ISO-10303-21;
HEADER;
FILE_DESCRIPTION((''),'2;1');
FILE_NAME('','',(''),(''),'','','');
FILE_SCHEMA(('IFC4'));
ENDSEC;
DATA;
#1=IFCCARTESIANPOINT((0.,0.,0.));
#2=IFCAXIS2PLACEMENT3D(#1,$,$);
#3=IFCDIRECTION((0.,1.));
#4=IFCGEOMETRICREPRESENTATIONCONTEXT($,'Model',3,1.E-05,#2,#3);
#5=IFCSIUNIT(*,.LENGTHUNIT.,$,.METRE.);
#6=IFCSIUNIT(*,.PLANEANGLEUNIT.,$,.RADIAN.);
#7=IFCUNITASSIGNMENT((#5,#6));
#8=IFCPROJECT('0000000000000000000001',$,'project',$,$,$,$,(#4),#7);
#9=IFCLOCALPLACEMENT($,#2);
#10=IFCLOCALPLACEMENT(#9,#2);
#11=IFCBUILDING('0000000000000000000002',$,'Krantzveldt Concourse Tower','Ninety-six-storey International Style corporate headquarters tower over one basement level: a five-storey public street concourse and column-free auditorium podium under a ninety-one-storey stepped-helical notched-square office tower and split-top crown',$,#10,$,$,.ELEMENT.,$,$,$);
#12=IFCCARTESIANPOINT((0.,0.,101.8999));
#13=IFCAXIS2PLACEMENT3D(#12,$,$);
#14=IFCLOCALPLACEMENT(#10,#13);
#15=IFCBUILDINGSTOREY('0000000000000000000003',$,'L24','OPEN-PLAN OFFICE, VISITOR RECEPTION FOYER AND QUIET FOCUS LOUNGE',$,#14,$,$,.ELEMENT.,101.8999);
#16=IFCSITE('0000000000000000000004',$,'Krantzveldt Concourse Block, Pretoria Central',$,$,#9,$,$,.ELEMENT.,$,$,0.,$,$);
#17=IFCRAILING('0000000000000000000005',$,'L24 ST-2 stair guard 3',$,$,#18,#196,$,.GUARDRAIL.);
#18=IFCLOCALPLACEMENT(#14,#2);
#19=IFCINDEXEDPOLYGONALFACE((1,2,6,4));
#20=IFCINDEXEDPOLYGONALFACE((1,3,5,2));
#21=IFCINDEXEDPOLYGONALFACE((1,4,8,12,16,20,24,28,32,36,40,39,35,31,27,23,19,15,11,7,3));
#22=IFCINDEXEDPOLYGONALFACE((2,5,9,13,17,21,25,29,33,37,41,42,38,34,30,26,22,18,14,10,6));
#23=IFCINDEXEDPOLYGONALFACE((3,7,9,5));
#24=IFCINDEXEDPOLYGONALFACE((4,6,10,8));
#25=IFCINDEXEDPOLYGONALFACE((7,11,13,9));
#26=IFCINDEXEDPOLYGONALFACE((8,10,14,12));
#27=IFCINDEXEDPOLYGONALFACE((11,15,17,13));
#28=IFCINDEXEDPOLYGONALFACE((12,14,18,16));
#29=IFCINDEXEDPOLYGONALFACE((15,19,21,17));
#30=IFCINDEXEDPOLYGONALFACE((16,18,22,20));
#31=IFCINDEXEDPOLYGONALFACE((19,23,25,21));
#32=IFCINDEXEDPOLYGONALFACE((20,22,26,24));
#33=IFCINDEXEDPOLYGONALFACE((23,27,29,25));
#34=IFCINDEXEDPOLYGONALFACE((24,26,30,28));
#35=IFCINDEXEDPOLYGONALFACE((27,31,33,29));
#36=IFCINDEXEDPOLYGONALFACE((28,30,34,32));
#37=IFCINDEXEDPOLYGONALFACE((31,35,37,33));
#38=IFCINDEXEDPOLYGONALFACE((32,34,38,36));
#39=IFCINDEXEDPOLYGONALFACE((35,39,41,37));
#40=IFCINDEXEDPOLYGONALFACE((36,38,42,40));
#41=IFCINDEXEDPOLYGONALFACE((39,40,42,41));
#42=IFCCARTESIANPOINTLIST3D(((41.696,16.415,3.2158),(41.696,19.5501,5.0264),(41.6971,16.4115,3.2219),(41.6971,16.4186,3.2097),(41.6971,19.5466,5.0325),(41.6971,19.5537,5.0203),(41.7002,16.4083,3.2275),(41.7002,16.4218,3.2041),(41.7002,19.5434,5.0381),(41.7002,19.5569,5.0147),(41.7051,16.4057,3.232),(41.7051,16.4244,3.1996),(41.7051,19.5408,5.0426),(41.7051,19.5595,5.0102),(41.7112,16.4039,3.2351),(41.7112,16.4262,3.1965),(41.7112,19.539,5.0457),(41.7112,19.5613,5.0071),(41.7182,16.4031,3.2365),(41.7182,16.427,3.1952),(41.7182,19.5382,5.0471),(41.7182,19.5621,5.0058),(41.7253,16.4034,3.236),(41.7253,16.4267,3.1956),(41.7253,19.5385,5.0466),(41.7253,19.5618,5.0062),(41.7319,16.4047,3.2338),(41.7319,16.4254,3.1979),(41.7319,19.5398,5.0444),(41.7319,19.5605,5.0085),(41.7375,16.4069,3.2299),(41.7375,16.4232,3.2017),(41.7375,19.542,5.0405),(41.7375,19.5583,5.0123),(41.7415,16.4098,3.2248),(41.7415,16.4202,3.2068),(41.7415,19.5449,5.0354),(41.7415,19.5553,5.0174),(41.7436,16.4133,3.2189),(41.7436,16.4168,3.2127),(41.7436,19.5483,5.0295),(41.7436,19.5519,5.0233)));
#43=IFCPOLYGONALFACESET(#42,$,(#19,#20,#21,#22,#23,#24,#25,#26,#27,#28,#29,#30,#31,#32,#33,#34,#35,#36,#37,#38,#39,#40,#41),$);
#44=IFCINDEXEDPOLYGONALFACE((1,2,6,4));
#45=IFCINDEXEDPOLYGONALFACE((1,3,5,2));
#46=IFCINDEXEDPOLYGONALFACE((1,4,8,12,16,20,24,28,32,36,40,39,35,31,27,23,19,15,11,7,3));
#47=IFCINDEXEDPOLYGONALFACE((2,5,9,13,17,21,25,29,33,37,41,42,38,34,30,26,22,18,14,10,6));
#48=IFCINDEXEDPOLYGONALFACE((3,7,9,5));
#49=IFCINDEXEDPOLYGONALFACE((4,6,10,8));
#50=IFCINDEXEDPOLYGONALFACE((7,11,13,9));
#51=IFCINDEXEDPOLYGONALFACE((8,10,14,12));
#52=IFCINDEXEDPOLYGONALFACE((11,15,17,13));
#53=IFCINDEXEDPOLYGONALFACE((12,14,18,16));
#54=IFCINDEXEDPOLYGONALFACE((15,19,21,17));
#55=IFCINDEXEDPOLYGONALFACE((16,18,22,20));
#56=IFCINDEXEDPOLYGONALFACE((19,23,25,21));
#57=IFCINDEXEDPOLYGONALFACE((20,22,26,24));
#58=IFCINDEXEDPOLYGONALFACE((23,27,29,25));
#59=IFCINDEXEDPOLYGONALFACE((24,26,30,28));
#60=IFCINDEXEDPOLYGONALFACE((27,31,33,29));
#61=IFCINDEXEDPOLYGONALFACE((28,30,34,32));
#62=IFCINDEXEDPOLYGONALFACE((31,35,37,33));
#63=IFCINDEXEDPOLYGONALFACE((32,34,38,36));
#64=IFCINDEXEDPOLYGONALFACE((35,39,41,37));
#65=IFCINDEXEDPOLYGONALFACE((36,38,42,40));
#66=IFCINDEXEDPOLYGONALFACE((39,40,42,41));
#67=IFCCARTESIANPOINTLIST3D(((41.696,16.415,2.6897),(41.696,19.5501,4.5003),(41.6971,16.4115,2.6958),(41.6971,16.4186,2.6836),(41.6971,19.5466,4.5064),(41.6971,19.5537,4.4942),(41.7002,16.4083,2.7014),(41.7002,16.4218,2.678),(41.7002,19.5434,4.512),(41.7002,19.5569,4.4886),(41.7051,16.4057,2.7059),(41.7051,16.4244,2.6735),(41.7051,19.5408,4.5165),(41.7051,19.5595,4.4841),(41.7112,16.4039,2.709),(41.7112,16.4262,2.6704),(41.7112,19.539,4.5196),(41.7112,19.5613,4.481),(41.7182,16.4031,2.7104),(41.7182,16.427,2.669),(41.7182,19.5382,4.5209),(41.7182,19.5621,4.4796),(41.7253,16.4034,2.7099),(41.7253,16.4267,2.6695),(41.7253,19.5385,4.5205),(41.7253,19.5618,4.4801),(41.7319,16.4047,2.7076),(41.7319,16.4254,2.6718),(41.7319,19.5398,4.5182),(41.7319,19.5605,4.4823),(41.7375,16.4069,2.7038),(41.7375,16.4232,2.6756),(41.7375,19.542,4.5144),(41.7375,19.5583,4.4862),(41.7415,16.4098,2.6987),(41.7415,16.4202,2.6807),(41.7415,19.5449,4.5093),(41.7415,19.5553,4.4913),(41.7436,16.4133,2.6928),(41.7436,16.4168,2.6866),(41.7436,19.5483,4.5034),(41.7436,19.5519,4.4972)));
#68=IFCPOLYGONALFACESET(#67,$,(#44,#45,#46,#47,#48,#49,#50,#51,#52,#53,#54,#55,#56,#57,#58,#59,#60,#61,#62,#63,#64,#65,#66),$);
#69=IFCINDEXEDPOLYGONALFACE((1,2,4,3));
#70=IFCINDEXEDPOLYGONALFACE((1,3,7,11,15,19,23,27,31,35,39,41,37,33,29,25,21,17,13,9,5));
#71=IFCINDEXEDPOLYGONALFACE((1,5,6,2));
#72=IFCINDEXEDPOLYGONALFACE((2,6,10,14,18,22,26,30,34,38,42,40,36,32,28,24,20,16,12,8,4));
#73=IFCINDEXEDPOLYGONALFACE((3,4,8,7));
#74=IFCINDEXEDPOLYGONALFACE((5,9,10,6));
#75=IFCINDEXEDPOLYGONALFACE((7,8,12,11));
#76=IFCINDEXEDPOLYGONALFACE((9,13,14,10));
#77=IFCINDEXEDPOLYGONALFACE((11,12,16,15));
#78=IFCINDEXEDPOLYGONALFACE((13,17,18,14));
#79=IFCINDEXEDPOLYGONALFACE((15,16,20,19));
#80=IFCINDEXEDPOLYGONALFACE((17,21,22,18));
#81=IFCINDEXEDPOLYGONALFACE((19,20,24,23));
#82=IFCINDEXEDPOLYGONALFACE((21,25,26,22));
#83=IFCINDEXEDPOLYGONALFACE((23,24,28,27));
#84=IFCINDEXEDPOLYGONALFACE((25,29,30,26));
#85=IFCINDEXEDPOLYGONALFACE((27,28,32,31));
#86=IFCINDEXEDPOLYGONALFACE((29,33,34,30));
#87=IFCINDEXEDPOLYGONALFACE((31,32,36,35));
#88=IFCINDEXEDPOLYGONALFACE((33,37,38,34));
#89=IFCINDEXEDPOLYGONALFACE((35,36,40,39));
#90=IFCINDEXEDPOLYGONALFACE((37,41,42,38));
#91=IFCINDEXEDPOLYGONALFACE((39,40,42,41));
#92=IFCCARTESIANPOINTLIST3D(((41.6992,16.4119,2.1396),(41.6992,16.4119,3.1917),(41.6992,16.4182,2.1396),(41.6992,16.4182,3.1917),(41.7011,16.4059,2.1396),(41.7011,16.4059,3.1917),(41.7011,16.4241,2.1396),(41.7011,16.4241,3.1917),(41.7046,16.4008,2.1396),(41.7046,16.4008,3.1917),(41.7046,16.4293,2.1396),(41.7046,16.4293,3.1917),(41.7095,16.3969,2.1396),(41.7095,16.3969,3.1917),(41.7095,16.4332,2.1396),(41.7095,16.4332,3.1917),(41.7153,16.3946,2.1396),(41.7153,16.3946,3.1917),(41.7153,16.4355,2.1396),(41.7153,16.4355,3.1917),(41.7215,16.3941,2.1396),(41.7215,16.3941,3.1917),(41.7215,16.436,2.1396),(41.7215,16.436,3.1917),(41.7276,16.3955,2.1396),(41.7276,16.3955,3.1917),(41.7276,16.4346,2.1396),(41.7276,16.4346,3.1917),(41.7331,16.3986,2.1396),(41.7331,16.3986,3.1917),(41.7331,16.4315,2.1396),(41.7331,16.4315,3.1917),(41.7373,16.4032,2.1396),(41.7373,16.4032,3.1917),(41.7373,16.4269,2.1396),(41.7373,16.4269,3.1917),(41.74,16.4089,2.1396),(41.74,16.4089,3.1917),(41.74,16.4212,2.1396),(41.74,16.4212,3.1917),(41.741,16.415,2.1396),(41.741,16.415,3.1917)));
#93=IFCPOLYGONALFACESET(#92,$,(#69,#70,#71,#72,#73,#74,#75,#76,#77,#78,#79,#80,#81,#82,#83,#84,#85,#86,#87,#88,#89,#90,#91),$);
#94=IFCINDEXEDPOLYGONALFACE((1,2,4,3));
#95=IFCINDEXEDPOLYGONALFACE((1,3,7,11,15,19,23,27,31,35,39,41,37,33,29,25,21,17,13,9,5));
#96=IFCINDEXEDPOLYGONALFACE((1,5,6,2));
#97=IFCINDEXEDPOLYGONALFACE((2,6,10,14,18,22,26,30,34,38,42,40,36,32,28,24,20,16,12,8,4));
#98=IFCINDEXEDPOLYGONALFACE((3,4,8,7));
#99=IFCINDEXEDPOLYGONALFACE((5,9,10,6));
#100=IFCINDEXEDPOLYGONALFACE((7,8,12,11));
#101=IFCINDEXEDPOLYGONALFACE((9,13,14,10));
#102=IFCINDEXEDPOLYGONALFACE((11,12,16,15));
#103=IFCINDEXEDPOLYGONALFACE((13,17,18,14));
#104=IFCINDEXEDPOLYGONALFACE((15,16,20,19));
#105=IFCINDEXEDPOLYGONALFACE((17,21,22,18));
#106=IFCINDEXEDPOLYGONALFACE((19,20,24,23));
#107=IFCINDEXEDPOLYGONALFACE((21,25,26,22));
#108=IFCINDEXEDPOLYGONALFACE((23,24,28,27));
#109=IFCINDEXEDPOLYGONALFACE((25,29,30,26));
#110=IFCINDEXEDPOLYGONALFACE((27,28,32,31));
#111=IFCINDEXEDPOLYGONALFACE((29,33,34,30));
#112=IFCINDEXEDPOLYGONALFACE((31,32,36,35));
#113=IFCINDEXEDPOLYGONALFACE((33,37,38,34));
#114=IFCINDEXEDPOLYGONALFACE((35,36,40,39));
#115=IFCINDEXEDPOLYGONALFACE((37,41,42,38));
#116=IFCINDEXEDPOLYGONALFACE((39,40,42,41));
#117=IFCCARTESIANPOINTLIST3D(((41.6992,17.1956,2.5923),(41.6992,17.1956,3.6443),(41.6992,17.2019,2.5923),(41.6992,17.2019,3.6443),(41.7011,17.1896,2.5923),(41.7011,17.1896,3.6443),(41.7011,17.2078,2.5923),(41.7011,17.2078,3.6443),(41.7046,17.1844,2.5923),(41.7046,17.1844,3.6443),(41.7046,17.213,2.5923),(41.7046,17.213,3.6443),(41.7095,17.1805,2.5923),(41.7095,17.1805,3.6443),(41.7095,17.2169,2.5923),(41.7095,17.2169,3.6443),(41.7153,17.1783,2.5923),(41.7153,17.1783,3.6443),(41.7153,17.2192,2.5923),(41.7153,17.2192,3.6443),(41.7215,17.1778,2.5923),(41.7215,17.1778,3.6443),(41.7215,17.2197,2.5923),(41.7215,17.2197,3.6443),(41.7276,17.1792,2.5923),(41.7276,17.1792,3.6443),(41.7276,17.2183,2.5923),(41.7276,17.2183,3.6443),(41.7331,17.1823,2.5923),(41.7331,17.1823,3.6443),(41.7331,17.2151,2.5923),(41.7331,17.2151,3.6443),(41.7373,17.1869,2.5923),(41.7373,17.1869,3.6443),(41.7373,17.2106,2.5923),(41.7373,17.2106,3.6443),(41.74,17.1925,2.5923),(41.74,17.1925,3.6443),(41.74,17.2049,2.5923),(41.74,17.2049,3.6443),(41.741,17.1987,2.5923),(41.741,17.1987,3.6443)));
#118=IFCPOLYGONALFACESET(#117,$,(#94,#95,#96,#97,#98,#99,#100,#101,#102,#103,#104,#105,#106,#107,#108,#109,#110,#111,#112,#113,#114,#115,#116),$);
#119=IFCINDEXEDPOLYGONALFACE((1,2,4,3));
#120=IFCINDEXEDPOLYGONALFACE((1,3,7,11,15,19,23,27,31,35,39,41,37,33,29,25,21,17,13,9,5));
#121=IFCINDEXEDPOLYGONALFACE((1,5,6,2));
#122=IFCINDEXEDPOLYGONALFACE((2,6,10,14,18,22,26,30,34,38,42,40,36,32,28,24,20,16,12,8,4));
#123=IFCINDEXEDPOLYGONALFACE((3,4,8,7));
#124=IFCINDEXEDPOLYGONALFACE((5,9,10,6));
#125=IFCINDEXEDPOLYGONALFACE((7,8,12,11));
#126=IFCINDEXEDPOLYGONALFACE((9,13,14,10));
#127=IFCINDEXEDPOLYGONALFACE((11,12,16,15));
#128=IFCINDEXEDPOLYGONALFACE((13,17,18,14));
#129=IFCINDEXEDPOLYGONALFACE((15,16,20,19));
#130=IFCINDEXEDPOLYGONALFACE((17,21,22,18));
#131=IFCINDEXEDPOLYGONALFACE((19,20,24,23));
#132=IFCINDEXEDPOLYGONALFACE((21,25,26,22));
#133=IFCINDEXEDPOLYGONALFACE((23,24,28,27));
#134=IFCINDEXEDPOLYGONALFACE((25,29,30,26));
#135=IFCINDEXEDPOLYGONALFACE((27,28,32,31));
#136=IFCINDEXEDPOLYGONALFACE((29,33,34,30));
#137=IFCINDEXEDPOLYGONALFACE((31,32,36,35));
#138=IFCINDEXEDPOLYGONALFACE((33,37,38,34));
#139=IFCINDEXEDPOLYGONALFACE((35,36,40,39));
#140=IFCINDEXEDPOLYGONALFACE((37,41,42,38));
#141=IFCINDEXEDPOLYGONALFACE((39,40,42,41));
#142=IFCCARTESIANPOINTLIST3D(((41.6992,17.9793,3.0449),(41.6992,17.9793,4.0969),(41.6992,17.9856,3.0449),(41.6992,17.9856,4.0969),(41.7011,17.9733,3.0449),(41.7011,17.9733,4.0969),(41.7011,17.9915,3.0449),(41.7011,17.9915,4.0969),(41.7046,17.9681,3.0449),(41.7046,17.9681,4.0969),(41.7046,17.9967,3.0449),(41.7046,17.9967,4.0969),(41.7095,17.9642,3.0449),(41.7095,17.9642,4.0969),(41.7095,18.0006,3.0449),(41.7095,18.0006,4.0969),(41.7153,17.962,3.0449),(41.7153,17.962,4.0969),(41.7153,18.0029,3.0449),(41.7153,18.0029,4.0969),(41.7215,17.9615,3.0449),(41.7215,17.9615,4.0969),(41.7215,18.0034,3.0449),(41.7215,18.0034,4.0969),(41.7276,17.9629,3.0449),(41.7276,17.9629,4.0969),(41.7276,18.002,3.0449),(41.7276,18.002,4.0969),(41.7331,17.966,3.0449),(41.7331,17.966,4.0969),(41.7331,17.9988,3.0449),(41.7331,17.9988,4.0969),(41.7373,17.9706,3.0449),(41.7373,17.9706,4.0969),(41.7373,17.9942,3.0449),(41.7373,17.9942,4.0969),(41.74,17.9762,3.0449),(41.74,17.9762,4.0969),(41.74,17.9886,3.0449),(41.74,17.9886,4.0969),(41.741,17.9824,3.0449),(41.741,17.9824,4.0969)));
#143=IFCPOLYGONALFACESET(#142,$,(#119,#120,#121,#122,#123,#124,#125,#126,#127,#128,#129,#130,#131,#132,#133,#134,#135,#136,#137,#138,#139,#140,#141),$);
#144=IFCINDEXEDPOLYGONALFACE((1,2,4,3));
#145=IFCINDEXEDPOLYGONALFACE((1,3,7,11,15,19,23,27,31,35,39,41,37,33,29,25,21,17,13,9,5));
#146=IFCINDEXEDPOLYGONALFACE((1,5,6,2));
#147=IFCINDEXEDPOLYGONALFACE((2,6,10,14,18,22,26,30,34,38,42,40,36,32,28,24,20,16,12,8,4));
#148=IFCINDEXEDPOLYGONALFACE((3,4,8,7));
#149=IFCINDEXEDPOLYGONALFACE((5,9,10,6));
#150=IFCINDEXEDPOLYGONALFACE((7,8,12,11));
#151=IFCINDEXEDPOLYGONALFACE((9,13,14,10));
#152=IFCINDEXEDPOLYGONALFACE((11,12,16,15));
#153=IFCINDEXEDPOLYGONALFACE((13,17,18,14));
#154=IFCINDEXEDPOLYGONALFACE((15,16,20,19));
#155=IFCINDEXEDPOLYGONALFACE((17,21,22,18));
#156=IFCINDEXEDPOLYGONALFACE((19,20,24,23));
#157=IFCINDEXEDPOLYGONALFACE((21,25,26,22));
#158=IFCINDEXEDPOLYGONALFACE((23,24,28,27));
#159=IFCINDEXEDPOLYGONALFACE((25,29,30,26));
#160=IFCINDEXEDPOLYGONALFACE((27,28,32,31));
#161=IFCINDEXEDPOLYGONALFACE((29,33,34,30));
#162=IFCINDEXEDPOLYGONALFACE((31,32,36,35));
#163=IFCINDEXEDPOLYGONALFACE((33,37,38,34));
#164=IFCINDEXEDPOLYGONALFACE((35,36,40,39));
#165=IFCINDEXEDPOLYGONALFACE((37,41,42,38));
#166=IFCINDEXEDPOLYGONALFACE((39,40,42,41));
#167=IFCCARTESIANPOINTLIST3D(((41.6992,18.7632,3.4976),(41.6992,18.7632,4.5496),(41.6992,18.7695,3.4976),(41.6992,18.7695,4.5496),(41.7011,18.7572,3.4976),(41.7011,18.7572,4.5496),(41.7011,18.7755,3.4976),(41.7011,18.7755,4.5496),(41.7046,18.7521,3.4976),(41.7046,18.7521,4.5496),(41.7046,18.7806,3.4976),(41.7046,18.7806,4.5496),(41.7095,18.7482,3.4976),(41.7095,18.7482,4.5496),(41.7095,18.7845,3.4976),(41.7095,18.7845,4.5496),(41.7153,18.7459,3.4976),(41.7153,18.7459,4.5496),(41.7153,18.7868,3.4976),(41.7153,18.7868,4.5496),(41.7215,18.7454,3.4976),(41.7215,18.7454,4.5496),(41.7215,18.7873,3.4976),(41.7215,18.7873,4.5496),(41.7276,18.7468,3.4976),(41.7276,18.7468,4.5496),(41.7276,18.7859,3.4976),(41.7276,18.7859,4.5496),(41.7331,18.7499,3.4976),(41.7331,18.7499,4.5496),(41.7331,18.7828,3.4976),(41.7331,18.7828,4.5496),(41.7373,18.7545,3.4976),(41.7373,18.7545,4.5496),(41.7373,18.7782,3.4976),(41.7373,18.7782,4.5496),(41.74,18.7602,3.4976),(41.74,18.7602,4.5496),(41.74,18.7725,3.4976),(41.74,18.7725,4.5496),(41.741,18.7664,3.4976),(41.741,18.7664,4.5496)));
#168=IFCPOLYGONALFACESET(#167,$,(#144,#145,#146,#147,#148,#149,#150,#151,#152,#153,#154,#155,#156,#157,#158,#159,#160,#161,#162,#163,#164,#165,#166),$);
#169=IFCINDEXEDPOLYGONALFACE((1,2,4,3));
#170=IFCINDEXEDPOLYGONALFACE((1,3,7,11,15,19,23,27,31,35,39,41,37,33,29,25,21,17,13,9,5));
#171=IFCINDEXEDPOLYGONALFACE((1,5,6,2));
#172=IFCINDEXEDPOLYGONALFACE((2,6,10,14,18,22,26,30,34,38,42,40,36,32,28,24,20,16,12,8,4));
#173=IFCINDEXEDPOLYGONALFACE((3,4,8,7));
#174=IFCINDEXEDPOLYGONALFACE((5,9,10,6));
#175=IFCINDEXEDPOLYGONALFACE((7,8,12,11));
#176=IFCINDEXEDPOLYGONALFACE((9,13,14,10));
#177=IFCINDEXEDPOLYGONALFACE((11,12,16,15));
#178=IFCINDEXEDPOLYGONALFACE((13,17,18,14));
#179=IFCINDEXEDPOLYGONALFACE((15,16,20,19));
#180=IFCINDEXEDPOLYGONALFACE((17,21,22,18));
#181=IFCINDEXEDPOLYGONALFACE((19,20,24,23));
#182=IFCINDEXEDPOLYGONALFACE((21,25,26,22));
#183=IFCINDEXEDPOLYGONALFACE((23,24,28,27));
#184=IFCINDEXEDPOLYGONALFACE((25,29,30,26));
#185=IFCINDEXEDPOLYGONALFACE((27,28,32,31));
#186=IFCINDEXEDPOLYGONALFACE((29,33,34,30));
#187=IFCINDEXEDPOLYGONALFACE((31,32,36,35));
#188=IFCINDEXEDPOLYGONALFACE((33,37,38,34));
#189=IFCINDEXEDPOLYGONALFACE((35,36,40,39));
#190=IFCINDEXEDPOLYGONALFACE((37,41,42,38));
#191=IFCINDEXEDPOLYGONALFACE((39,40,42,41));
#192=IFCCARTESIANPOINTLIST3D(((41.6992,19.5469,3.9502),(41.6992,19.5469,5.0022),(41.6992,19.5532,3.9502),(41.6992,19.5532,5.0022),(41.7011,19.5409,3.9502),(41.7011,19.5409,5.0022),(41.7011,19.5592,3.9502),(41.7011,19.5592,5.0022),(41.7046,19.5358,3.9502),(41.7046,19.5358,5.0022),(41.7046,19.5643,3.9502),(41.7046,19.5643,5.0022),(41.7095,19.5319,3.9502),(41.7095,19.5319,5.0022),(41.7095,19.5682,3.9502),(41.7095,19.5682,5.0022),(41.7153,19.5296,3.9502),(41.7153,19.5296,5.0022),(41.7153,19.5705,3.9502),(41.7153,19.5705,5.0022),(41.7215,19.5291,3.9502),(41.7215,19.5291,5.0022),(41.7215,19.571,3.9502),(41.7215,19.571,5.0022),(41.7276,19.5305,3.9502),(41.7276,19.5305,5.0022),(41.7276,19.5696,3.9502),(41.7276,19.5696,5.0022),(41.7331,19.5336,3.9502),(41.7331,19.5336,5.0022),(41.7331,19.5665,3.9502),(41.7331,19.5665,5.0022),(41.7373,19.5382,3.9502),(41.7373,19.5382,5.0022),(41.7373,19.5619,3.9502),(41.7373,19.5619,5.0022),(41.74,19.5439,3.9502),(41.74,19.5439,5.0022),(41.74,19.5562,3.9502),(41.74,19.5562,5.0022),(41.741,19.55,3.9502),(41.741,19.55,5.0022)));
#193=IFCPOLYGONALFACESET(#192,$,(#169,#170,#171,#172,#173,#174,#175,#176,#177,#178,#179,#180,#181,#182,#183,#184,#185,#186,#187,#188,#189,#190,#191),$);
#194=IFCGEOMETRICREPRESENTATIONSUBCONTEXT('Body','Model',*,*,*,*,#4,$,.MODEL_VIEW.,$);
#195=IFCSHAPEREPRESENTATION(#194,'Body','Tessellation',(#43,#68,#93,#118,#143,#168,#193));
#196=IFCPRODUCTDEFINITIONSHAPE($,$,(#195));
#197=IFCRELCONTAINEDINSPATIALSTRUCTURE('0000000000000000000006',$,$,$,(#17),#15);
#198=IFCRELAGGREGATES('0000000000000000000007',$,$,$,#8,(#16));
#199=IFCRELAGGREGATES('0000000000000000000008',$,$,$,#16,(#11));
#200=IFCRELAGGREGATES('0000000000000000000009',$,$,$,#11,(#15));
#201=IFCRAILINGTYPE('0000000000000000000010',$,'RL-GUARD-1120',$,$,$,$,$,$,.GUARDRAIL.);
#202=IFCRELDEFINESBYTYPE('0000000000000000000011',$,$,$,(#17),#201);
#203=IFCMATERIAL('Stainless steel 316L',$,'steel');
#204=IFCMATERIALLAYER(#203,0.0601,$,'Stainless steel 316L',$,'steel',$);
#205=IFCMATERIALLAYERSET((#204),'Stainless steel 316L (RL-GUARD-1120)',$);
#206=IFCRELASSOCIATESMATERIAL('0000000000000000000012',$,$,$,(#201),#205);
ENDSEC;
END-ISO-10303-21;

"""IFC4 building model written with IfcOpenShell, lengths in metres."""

from ifc_helpers import new_model, si_unit, direction, frame, origin, origin_2d, place, context, subcontext, project, spatial, circle, extrude, material, layer, layer_set, type_object, element, save


model = new_model("IFC4")

# Units and contexts
model_context = context("Model", 3, precision=1e-05, world=origin(), true_north=direction((0.0, 1.0)))
body_context = subcontext(model_context, "Body", "Model", "MODEL_VIEW")
ifc_project = project(units=[si_unit("LENGTHUNIT", "METRE"), si_unit("PLANEANGLEUNIT", "RADIAN")], contexts=[model_context])

# Site, building, storey
site_placement = place(None, origin())
site = spatial("IfcSite", under=ifc_project, at=site_placement, Name="Krantzveldt Concourse Block, Pretoria Central", CompositionType="ELEMENT", RefElevation=0.0)
building_placement = place(site_placement, origin())
building = spatial("IfcBuilding", under=site, at=building_placement, Name="Krantzveldt Concourse Tower", Description="Ninety-six-storey International Style corporate headquarters tower over one basement level: a five-storey public street concourse and column-free auditorium podium under a ninety-one-storey stepped-helical notched-square office tower and split-top crown", CompositionType="ELEMENT")
storey_placement = place(building_placement, frame((0.0, 0.0, 101.8999)))
storey = spatial("IfcBuildingStorey", under=building, at=storey_placement, Name="L24", Description="OPEN-PLAN OFFICE, VISITOR RECEPTION FOYER AND QUIET FOCUS LOUNGE", CompositionType="ELEMENT", Elevation=101.8999)

# Shared definitions
ifc_material_1 = material(Name="Stainless steel 316L", Category="steel")

# Railing
ifc_layer_1 = layer(ifc_material_1, 0.0601, Name="Stainless steel 316L", Category="steel")
ifc_layer_set_1 = layer_set([ifc_layer_1], Name="Stainless steel 316L (RL-GUARD-1120)")
railing_type_1 = type_object("IfcRailingType", Name="RL-GUARD-1120", PredefinedType="GUARDRAIL", material=ifc_layer_set_1)
railing_1_placement = place(storey_placement, frame((41.72, 16.415, 2.1396)))
element("IfcRailing", 1, at=railing_1_placement, inside=storey, type_object=railing_type_1, Name="L24 ST-2 stair guard 3", PredefinedType="GUARDRAIL", context=body_context, shape_type="SweptSolid", body=[
    extrude(circle(Radius=0.0239, at=origin_2d()), frame((0.0, 0.0, 1.0762), z_axis=(0.0, 0.86596, 0.500114), x_axis=(-1.0, 0.0, 0.0)), (0.0, 0.0, 1.0), 3.6204),
    extrude(circle(Radius=0.0239, at=origin_2d()), frame((0.0, 0.0, 0.55), z_axis=(0.0, 0.86596, 0.500114), x_axis=(-1.0, 0.0, 0.0)), (0.0, 0.0, 1.0), 3.6204),
    extrude(circle(Radius=0.021, at=origin_2d()), origin(), (0.0, 0.0, 1.0), 1.052),
    extrude(circle(Radius=0.021, at=origin_2d()), frame((0.0, 0.7837, 0.4526)), (0.0, 0.0, 1.0), 1.052),
    extrude(circle(Radius=0.021, at=origin_2d()), frame((0.0, 1.5674, 0.9053)), (0.0, 0.0, 1.0), 1.052),
    extrude(circle(Radius=0.021, at=origin_2d()), frame((0.0, 2.3513, 1.3579)), (0.0, 0.0, 1.0), 1.052),
    extrude(circle(Radius=0.021, at=origin_2d()), frame((0.0, 3.135, 1.8105)), (0.0, 0.0, 1.0), 1.052),
])

save(model, "model.ifc")
